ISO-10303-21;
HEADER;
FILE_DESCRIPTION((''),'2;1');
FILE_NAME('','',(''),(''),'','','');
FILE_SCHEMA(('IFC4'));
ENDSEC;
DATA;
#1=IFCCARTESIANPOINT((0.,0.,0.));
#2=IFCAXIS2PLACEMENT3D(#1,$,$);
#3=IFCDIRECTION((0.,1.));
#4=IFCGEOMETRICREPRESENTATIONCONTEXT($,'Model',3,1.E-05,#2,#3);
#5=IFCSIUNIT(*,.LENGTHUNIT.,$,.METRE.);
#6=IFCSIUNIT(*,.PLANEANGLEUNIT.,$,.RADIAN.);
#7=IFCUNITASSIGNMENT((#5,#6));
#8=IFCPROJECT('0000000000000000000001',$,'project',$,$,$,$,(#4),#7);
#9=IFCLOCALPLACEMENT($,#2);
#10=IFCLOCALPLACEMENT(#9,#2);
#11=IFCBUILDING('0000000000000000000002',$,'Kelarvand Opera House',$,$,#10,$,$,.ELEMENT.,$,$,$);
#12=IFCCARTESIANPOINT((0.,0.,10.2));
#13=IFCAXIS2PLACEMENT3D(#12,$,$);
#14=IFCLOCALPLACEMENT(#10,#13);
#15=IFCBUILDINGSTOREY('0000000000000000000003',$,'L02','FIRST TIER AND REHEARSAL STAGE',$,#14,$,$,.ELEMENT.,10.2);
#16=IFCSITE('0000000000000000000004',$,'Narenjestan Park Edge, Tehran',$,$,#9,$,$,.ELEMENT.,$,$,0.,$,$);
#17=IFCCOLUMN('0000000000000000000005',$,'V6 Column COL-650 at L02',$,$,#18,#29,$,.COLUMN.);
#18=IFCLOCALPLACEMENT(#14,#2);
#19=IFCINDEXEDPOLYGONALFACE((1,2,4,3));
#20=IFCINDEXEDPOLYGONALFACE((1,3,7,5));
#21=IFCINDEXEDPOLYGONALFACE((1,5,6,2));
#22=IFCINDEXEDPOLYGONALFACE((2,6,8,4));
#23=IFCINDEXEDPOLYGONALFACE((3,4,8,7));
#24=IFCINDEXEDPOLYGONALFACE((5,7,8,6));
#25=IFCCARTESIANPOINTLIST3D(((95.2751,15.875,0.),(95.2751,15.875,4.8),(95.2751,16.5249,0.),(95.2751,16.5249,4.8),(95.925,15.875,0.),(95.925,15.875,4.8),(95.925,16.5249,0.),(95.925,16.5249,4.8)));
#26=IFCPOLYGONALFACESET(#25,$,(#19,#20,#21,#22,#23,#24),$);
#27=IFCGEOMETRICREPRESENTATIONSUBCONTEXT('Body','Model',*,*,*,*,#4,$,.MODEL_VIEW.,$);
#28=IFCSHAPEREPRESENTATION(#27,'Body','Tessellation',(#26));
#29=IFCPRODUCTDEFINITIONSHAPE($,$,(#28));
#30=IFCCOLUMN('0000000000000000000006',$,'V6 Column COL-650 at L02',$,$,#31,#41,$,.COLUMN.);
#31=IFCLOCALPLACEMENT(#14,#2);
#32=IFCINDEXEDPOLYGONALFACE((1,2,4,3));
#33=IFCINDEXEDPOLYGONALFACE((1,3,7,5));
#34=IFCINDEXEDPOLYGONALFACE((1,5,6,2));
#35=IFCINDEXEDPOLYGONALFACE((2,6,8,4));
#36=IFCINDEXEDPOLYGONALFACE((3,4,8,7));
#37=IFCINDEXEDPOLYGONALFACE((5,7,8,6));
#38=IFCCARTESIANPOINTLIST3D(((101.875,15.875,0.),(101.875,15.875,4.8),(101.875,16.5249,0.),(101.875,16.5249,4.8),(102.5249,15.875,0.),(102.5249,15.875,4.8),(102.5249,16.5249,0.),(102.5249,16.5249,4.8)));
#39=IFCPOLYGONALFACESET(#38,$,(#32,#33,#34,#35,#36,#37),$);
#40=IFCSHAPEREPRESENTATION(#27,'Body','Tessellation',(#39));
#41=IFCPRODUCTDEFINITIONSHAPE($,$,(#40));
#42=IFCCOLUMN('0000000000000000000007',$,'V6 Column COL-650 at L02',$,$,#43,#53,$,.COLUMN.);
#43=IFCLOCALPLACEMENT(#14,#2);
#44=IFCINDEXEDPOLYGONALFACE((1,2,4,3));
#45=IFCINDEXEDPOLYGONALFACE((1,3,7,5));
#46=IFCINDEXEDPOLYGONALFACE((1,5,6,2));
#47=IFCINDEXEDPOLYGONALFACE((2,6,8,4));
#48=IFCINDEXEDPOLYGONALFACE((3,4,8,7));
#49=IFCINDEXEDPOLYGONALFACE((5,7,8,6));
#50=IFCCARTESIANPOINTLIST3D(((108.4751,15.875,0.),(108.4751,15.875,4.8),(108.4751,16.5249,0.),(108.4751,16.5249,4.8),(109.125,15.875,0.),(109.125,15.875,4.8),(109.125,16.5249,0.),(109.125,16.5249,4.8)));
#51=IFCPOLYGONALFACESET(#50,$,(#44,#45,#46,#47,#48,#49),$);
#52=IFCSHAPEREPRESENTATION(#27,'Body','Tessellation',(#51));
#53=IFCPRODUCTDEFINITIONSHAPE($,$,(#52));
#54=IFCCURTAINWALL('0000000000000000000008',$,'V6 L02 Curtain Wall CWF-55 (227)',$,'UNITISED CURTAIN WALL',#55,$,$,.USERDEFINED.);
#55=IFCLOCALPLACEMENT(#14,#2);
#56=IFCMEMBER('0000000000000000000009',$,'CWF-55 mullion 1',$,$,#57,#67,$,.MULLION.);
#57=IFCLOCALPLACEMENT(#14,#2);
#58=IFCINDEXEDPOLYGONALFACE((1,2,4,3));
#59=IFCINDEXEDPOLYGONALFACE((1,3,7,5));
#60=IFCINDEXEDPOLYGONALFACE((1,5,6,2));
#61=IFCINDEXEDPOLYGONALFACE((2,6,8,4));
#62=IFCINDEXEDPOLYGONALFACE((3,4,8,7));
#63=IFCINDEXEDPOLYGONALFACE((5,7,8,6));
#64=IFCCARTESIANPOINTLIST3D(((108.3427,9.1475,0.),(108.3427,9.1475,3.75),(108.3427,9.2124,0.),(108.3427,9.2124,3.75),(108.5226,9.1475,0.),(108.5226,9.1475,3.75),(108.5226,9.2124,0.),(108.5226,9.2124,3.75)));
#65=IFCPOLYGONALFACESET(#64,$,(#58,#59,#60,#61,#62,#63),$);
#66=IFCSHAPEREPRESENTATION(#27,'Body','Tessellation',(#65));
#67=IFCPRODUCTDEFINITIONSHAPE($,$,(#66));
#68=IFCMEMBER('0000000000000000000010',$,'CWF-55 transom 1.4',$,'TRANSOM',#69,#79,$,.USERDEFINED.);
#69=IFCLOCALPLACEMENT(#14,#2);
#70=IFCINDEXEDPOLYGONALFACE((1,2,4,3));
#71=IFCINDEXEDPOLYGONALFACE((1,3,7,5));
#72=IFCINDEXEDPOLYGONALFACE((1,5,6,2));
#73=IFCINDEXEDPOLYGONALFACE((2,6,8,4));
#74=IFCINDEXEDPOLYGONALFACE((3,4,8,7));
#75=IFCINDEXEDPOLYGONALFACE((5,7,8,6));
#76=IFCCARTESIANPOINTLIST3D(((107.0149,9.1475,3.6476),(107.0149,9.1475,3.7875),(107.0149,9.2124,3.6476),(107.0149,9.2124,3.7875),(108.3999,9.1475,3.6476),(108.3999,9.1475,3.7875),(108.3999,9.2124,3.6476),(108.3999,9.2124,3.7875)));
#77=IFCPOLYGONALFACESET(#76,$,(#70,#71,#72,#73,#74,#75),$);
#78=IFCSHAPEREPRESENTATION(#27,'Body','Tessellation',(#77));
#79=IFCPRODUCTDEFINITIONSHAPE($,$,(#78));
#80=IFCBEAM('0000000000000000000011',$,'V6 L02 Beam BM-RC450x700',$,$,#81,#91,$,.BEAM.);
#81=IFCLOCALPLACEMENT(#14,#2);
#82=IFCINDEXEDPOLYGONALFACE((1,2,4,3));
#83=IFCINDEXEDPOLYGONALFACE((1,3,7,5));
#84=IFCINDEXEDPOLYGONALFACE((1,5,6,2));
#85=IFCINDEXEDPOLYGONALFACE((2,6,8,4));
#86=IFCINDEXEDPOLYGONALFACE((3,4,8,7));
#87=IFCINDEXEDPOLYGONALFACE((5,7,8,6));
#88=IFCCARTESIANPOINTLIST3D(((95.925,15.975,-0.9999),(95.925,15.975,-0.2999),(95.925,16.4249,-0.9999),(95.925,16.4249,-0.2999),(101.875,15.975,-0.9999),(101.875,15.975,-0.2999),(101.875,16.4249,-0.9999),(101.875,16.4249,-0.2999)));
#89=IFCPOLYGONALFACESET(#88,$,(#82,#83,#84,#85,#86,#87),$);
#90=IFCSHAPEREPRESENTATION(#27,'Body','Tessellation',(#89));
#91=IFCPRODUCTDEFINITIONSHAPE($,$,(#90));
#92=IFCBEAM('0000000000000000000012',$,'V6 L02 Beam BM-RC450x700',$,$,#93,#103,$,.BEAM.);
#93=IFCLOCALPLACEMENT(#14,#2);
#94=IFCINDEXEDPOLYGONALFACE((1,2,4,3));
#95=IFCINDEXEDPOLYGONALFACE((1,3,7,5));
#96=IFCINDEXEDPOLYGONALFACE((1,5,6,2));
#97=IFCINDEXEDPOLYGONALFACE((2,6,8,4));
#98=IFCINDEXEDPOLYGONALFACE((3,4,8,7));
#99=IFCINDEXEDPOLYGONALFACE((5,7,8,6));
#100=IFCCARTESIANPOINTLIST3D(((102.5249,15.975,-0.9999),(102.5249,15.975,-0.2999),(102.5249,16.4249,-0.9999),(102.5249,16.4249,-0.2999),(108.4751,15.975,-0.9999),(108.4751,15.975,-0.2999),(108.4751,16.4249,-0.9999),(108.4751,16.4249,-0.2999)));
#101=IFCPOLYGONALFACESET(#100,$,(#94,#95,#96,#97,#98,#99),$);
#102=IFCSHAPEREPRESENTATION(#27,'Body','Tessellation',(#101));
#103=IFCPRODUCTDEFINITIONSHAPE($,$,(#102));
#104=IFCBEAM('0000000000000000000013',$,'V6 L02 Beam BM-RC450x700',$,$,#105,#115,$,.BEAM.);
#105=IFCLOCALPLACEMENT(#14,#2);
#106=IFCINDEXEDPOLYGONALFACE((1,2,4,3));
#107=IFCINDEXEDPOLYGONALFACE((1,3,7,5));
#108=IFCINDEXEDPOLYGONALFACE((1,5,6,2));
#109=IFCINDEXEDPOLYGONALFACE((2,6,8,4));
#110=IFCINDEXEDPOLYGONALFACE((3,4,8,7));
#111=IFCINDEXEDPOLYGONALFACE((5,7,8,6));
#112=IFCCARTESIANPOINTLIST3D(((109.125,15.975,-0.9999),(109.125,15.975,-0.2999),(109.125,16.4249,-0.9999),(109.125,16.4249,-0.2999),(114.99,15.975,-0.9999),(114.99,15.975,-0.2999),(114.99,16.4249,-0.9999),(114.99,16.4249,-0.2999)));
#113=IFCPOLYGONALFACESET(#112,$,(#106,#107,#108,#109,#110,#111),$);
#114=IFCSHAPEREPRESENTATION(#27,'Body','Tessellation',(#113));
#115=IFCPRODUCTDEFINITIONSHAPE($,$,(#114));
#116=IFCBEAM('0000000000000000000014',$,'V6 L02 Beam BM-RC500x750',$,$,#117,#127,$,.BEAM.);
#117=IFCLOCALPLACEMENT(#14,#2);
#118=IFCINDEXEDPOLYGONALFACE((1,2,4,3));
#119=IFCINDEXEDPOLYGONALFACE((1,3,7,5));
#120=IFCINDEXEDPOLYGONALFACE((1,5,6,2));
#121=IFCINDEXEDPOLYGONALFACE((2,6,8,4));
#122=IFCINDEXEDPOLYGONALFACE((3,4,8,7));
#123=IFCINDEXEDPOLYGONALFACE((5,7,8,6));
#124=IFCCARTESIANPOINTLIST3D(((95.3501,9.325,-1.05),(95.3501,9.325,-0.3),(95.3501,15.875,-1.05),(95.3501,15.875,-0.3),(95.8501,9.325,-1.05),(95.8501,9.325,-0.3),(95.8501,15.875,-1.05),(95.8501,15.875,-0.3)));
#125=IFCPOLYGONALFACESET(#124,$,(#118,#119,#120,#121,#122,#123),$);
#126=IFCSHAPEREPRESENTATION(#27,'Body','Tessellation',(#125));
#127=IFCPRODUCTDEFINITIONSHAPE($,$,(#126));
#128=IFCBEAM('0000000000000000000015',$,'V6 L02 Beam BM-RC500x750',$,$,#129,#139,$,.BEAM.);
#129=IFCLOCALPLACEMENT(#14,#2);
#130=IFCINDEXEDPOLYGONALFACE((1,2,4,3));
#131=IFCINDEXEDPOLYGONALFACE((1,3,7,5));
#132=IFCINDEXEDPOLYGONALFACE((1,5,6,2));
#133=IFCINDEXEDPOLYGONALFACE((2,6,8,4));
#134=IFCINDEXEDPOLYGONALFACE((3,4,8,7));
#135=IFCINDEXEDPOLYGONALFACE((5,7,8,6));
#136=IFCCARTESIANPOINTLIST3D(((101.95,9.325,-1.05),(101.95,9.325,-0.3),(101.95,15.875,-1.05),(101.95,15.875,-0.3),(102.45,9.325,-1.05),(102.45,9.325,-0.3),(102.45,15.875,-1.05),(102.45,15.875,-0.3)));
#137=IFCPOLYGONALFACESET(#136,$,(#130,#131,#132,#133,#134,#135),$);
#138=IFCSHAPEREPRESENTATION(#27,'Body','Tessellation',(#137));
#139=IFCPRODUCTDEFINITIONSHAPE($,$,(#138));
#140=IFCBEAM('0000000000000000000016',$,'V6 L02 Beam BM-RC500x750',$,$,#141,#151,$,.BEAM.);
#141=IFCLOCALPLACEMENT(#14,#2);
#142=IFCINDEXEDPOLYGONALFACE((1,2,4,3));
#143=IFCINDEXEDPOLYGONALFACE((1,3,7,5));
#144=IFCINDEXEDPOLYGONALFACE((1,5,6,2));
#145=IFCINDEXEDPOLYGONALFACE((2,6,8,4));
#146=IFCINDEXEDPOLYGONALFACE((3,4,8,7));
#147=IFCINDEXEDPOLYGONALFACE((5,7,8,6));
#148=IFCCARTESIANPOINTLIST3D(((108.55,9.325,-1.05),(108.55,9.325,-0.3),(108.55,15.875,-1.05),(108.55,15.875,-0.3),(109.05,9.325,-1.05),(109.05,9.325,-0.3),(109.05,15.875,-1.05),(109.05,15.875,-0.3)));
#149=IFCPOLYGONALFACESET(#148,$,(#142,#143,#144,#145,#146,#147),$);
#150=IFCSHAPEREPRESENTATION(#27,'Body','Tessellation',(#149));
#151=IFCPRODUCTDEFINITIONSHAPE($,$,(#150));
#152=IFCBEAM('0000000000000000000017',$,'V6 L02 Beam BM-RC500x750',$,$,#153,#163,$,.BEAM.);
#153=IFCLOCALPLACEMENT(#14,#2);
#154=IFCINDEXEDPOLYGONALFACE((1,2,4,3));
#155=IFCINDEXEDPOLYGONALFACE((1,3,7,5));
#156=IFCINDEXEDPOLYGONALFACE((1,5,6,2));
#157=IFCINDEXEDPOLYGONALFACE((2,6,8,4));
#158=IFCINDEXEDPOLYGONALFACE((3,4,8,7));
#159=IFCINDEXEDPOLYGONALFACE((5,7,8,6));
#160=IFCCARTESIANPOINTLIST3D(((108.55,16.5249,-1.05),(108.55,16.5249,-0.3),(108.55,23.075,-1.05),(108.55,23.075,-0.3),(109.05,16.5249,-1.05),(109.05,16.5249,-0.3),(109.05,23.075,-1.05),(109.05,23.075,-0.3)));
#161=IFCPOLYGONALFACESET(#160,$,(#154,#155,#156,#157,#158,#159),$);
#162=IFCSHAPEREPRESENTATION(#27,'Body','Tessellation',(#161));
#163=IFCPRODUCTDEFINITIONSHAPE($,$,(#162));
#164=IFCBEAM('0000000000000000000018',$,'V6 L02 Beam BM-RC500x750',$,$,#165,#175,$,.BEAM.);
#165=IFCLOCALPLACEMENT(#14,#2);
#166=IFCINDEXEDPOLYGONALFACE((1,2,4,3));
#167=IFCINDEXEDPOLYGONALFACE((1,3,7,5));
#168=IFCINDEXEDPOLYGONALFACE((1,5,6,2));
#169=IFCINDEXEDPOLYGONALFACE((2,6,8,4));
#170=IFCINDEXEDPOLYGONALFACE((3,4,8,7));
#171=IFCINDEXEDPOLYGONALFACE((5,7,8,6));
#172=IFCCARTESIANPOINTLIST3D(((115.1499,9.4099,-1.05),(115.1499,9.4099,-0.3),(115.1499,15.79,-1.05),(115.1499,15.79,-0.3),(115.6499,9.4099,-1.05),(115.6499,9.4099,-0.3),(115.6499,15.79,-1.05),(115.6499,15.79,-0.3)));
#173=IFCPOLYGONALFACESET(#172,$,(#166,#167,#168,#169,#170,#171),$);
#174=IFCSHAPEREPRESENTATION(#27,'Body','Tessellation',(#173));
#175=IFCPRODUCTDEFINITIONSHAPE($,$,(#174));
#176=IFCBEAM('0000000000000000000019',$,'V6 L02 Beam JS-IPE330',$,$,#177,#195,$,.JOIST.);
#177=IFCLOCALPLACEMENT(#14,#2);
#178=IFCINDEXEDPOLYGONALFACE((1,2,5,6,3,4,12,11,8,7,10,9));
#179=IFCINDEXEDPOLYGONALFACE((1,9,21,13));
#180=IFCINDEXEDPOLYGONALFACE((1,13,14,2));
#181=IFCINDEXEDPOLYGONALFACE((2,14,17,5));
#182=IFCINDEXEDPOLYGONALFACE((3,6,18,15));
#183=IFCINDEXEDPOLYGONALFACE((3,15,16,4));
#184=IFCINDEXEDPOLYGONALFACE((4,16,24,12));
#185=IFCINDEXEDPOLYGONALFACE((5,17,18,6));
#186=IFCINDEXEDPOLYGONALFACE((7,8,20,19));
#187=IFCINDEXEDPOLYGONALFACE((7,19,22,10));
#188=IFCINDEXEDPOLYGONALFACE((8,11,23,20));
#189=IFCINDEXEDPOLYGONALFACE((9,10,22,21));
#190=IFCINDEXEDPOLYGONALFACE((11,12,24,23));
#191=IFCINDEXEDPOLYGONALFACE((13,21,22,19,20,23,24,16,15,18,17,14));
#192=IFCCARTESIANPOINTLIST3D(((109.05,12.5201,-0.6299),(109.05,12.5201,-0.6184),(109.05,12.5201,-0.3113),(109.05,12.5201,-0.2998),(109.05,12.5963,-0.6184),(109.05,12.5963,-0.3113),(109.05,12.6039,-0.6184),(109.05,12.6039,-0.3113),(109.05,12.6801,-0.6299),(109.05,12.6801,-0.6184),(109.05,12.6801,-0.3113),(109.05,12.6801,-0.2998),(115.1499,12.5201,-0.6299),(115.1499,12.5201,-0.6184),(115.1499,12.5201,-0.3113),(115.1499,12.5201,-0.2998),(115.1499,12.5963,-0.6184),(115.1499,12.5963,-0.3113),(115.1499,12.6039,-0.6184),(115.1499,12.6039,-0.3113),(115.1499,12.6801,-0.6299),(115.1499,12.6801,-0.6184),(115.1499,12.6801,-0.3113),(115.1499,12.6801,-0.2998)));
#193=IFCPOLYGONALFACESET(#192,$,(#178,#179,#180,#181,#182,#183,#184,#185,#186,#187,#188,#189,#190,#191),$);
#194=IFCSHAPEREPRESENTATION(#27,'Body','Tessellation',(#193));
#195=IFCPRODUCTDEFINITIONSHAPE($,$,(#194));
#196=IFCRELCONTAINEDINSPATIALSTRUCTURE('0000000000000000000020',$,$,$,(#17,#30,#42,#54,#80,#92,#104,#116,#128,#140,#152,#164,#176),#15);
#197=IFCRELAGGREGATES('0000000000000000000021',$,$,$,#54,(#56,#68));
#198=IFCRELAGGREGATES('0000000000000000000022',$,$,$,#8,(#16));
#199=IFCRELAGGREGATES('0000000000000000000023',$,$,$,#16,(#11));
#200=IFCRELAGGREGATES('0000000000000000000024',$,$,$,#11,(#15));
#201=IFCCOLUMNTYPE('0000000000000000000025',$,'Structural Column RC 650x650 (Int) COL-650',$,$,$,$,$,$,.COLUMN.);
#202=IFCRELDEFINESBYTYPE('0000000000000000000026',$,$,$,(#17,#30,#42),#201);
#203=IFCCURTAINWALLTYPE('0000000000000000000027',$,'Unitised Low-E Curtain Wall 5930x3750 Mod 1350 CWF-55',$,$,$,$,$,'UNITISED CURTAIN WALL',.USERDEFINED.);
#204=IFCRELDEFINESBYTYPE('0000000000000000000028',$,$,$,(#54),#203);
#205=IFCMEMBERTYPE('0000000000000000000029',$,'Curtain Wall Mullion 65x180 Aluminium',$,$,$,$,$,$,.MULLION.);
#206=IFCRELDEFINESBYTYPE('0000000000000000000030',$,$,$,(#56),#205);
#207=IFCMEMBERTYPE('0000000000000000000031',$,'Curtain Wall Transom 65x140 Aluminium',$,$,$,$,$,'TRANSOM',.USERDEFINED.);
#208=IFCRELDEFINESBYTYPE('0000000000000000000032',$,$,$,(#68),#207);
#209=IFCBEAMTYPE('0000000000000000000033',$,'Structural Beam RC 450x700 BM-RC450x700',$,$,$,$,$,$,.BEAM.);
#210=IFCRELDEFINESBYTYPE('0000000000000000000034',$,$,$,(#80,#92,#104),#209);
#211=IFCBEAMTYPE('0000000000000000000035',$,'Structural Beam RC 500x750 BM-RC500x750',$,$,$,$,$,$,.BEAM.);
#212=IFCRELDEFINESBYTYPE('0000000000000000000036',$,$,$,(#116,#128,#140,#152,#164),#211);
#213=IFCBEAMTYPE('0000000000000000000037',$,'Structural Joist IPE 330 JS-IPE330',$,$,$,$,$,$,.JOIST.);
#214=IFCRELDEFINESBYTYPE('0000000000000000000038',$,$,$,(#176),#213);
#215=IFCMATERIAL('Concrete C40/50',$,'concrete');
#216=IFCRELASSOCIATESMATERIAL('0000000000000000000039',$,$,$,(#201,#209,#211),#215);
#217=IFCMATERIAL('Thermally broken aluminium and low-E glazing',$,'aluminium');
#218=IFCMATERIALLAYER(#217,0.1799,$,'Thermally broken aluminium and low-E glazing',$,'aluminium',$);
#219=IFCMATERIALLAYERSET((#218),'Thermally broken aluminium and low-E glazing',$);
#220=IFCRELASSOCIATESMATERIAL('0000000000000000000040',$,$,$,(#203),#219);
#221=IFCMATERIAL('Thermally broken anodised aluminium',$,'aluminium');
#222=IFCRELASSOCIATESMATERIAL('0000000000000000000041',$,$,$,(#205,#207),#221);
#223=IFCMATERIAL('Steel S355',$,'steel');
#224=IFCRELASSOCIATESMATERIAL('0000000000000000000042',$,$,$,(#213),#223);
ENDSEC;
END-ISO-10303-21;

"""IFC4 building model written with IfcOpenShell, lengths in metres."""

from ifc_helpers import new_model, si_unit, direction, frame, origin, origin_2d, place, context, subcontext, project, spatial, rectangle, i_section, extrude, material, layer, layer_set, material_profile, profile_set, type_object, element, aggregate, save


model = new_model("IFC4")

# Units and contexts
model_context = context("Model", 3, precision=1e-05, world=origin(), true_north=direction((0.0, 1.0)))
body_context = subcontext(model_context, "Body", "Model", "MODEL_VIEW")
ifc_project = project(units=[si_unit("LENGTHUNIT", "METRE"), si_unit("PLANEANGLEUNIT", "RADIAN")], contexts=[model_context])

# Site, building, storey
site_placement = place(None, origin())
site = spatial("IfcSite", under=ifc_project, at=site_placement, Name="Narenjestan Park Edge, Tehran", CompositionType="ELEMENT", RefElevation=0.0)
building_placement = place(site_placement, origin())
building = spatial("IfcBuilding", under=site, at=building_placement, Name="Kelarvand Opera House", CompositionType="ELEMENT")
storey_placement = place(building_placement, frame((0.0, 0.0, 10.2)))
storey = spatial("IfcBuildingStorey", under=building, at=storey_placement, Name="L02", Description="FIRST TIER AND REHEARSAL STAGE", CompositionType="ELEMENT", Elevation=10.2)

# Columns
ifc_material_1 = material(Name="Concrete C40/50", Category="concrete")
ifc_material_profile_1 = material_profile(ifc_material_1, rectangle(XDim=0.6499, YDim=0.6499, at=origin_2d()), Name="RC 650x650", Category="concrete")
ifc_profile_set_1 = profile_set([ifc_material_profile_1], Name="Concrete C40/50")
column_type = type_object("IfcColumnType", Name="Structural Column RC 650x650 (Int) COL-650", PredefinedType="COLUMN", material=ifc_profile_set_1)
for number, where, z_axis, x_axis, name in (
    (1, (95.6001, 16.2, 0.0), (0.0, 0.0, 1.0), (1.0, 0.0, 0.0), "V6 Column COL-650 at L02"),
    (2, (102.2, 16.2, 0.0), (0.0, 0.0, 1.0), (1.0, 0.0, 0.0), "V6 Column COL-650 at L02"),
    (3, (108.8, 16.2, 0.0), (0.0, 0.0, 1.0), (1.0, 0.0, 0.0), "V6 Column COL-650 at L02"),
):
    element("IfcColumn", number, at=place(storey_placement, frame(where, z_axis=z_axis, x_axis=x_axis)), inside=storey, type_object=column_type, Name=name, PredefinedType="COLUMN", context=body_context, shape_type="SweptSolid", body=[
        extrude(rectangle(XDim=0.6499, YDim=0.6499, at=origin_2d()), origin(), (0.0, 0.0, 1.0), 4.8),
    ])

# Curtain wall, members
ifc_material_2 = material(Name="Thermally broken aluminium and low-E glazing", Category="aluminium")
ifc_layer_1 = layer(ifc_material_2, 0.1799, Name="Thermally broken aluminium and low-E glazing", Category="aluminium")
ifc_layer_set_1 = layer_set([ifc_layer_1], Name="Thermally broken aluminium and low-E glazing")
curtain_wall_type = type_object("IfcCurtainWallType", Name="Unitised Low-E Curtain Wall 5930x3750 Mod 1350 CWF-55", ElementType="UNITISED CURTAIN WALL", PredefinedType="USERDEFINED", material=ifc_layer_set_1)
curtain_wall_placement = place(storey_placement, origin())
curtain_wall = element("IfcCurtainWall", 4, at=curtain_wall_placement, inside=storey, type_object=curtain_wall_type, Name="V6 L02 Curtain Wall CWF-55 (227)", ObjectType="UNITISED CURTAIN WALL", PredefinedType="USERDEFINED")
ifc_material_3 = material(Name="Thermally broken anodised aluminium", Category="aluminium")
ifc_material_profile_2 = material_profile(ifc_material_3, rectangle(XDim=0.0649, YDim=0.1799, at=origin_2d()), Name="ALU MULLION 65x180", Category="aluminium")
ifc_profile_set_2 = profile_set([ifc_material_profile_2], Name="Thermally broken anodised aluminium")
member_type_1 = type_object("IfcMemberType", Name="Curtain Wall Mullion 65x180 Aluminium", PredefinedType="MULLION", material=ifc_profile_set_2)
member_1_placement = place(storey_placement, frame((108.4326, 9.1799, 0.0), z_axis=(0.0, 0.0, 1.0), x_axis=(0.0, -1.0, 0.0)))
member_1 = element("IfcMember", 5, at=member_1_placement, type_object=member_type_1, Name="CWF-55 mullion 1", PredefinedType="MULLION", context=body_context, shape_type="SweptSolid", body=[
    extrude(rectangle(XDim=0.0649, YDim=0.1799, at=origin_2d()), origin(), (0.0, 0.0, 1.0), 3.75),
])
ifc_material_profile_3 = material_profile(ifc_material_3, rectangle(XDim=0.0649, YDim=0.1399, at=origin_2d()), Name="ALU TRANSOM 65x140", Category="aluminium")
ifc_profile_set_3 = profile_set([ifc_material_profile_3], Name="Thermally broken anodised aluminium")
member_type_2 = type_object("IfcMemberType", Name="Curtain Wall Transom 65x140 Aluminium", ElementType="TRANSOM", PredefinedType="USERDEFINED", material=ifc_profile_set_3)
member_2_placement = place(storey_placement, frame((108.3999, 9.1799, 3.7175), z_axis=(-1.0, 0.0, 0.0), x_axis=(0.0, -1.0, 0.0)))
member_2 = element("IfcMember", 6, at=member_2_placement, type_object=member_type_2, Name="CWF-55 transom 1.4", ObjectType="TRANSOM", PredefinedType="USERDEFINED", context=body_context, shape_type="SweptSolid", body=[
    extrude(rectangle(XDim=0.0649, YDim=0.1399, at=origin_2d()), origin(), (0.0, 0.0, 1.0), 1.385),
])
aggregate(curtain_wall, [member_1, member_2])

# Beams
ifc_material_profile_4 = material_profile(ifc_material_1, rectangle(XDim=0.45, YDim=0.7, at=origin_2d()), Name="RC 450x700", Category="concrete")
ifc_profile_set_4 = profile_set([ifc_material_profile_4], Name="Concrete C40/50")
beam_type_1 = type_object("IfcBeamType", Name="Structural Beam RC 450x700 BM-RC450x700", PredefinedType="BEAM", material=ifc_profile_set_4)
beam_1_placement = place(storey_placement, frame((95.925, 16.2, -0.6499), z_axis=(1.0, 0.0, 0.0), x_axis=(0.0, 1.0, 0.0)))
element("IfcBeam", 7, at=beam_1_placement, inside=storey, type_object=beam_type_1, Name="V6 L02 Beam BM-RC450x700", PredefinedType="BEAM", context=body_context, shape_type="SweptSolid", body=[
    extrude(rectangle(XDim=0.45, YDim=0.7, at=origin_2d()), origin(), (0.0, 0.0, 1.0), 5.95),
])
beam_2_placement = place(storey_placement, frame((102.5249, 16.2, -0.6499), z_axis=(1.0, 0.0, 0.0), x_axis=(0.0, 1.0, 0.0)))
element("IfcBeam", 8, at=beam_2_placement, inside=storey, type_object=beam_type_1, Name="V6 L02 Beam BM-RC450x700", PredefinedType="BEAM", context=body_context, shape_type="SweptSolid", body=[
    extrude(rectangle(XDim=0.45, YDim=0.7, at=origin_2d()), origin(), (0.0, 0.0, 1.0), 5.9502),
])
beam_3_placement = place(storey_placement, frame((109.125, 16.2, -0.6499), z_axis=(1.0, 0.0, 0.0), x_axis=(0.0, 1.0, 0.0)))
element("IfcBeam", 9, at=beam_3_placement, inside=storey, type_object=beam_type_1, Name="V6 L02 Beam BM-RC450x700", PredefinedType="BEAM", context=body_context, shape_type="SweptSolid", body=[
    extrude(rectangle(XDim=0.45, YDim=0.7, at=origin_2d()), origin(), (0.0, 0.0, 1.0), 5.865),
])
ifc_material_profile_5 = material_profile(ifc_material_1, rectangle(XDim=0.5, YDim=0.75, at=origin_2d()), Name="RC 500x750", Category="concrete")
ifc_profile_set_5 = profile_set([ifc_material_profile_5], Name="Concrete C40/50")
beam_type_2 = type_object("IfcBeamType", Name="Structural Beam RC 500x750 BM-RC500x750", PredefinedType="BEAM", material=ifc_profile_set_5)
for number, where, z_axis, x_axis, name in (
    (10, (95.6001, 9.325, -0.675), (0.0, 1.0, 0.0), (-1.0, 0.0, 0.0), "V6 L02 Beam BM-RC500x750"),
    (11, (102.2, 9.325, -0.675), (0.0, 1.0, 0.0), (-1.0, 0.0, 0.0), "V6 L02 Beam BM-RC500x750"),
    (12, (108.8, 9.325, -0.675), (0.0, 1.0, 0.0), (-1.0, 0.0, 0.0), "V6 L02 Beam BM-RC500x750"),
    (13, (108.8, 16.5249, -0.675), (0.0, 1.0, 0.0), (-1.0, 0.0, 0.0), "V6 L02 Beam BM-RC500x750"),
):
    element("IfcBeam", number, at=place(storey_placement, frame(where, z_axis=z_axis, x_axis=x_axis)), inside=storey, type_object=beam_type_2, Name=name, PredefinedType="BEAM", context=body_context, shape_type="SweptSolid", body=[
        extrude(rectangle(XDim=0.5, YDim=0.75, at=origin_2d()), origin(), (0.0, 0.0, 1.0), 6.55),
    ])
beam_4_placement = place(storey_placement, frame((115.3999, 9.4099, -0.675), z_axis=(0.0, 1.0, 0.0), x_axis=(-1.0, 0.0, 0.0)))
element("IfcBeam", 14, at=beam_4_placement, inside=storey, type_object=beam_type_2, Name="V6 L02 Beam BM-RC500x750", PredefinedType="BEAM", context=body_context, shape_type="SweptSolid", body=[
    extrude(rectangle(XDim=0.5, YDim=0.75, at=origin_2d()), origin(), (0.0, 0.0, 1.0), 6.3801),
])
ifc_material_4 = material(Name="Steel S355", Category="steel")
ifc_material_profile_6 = material_profile(ifc_material_4, i_section(OverallWidth=0.1599, OverallDepth=0.3301, WebThickness=0.0076, FlangeThickness=0.0115, at=origin_2d()), Name="IPE 330", Category="steel")
ifc_profile_set_6 = profile_set([ifc_material_profile_6], Name="Steel S355")
beam_type_3 = type_object("IfcBeamType", Name="Structural Joist IPE 330 JS-IPE330", PredefinedType="JOIST", material=ifc_profile_set_6)
beam_5_placement = place(storey_placement, frame((109.05, 12.6001, -0.4648), z_axis=(1.0, 0.0, 0.0), x_axis=(0.0, 1.0, 0.0)))
element("IfcBeam", 15, at=beam_5_placement, inside=storey, type_object=beam_type_3, Name="V6 L02 Beam JS-IPE330", PredefinedType="JOIST", context=body_context, shape_type="SweptSolid", body=[
    extrude(i_section(OverallWidth=0.1599, OverallDepth=0.3301, WebThickness=0.0076, FlangeThickness=0.0115, at=origin_2d()), origin(), (0.0, 0.0, 1.0), 6.0999),
])

save(model, "model.ifc")
